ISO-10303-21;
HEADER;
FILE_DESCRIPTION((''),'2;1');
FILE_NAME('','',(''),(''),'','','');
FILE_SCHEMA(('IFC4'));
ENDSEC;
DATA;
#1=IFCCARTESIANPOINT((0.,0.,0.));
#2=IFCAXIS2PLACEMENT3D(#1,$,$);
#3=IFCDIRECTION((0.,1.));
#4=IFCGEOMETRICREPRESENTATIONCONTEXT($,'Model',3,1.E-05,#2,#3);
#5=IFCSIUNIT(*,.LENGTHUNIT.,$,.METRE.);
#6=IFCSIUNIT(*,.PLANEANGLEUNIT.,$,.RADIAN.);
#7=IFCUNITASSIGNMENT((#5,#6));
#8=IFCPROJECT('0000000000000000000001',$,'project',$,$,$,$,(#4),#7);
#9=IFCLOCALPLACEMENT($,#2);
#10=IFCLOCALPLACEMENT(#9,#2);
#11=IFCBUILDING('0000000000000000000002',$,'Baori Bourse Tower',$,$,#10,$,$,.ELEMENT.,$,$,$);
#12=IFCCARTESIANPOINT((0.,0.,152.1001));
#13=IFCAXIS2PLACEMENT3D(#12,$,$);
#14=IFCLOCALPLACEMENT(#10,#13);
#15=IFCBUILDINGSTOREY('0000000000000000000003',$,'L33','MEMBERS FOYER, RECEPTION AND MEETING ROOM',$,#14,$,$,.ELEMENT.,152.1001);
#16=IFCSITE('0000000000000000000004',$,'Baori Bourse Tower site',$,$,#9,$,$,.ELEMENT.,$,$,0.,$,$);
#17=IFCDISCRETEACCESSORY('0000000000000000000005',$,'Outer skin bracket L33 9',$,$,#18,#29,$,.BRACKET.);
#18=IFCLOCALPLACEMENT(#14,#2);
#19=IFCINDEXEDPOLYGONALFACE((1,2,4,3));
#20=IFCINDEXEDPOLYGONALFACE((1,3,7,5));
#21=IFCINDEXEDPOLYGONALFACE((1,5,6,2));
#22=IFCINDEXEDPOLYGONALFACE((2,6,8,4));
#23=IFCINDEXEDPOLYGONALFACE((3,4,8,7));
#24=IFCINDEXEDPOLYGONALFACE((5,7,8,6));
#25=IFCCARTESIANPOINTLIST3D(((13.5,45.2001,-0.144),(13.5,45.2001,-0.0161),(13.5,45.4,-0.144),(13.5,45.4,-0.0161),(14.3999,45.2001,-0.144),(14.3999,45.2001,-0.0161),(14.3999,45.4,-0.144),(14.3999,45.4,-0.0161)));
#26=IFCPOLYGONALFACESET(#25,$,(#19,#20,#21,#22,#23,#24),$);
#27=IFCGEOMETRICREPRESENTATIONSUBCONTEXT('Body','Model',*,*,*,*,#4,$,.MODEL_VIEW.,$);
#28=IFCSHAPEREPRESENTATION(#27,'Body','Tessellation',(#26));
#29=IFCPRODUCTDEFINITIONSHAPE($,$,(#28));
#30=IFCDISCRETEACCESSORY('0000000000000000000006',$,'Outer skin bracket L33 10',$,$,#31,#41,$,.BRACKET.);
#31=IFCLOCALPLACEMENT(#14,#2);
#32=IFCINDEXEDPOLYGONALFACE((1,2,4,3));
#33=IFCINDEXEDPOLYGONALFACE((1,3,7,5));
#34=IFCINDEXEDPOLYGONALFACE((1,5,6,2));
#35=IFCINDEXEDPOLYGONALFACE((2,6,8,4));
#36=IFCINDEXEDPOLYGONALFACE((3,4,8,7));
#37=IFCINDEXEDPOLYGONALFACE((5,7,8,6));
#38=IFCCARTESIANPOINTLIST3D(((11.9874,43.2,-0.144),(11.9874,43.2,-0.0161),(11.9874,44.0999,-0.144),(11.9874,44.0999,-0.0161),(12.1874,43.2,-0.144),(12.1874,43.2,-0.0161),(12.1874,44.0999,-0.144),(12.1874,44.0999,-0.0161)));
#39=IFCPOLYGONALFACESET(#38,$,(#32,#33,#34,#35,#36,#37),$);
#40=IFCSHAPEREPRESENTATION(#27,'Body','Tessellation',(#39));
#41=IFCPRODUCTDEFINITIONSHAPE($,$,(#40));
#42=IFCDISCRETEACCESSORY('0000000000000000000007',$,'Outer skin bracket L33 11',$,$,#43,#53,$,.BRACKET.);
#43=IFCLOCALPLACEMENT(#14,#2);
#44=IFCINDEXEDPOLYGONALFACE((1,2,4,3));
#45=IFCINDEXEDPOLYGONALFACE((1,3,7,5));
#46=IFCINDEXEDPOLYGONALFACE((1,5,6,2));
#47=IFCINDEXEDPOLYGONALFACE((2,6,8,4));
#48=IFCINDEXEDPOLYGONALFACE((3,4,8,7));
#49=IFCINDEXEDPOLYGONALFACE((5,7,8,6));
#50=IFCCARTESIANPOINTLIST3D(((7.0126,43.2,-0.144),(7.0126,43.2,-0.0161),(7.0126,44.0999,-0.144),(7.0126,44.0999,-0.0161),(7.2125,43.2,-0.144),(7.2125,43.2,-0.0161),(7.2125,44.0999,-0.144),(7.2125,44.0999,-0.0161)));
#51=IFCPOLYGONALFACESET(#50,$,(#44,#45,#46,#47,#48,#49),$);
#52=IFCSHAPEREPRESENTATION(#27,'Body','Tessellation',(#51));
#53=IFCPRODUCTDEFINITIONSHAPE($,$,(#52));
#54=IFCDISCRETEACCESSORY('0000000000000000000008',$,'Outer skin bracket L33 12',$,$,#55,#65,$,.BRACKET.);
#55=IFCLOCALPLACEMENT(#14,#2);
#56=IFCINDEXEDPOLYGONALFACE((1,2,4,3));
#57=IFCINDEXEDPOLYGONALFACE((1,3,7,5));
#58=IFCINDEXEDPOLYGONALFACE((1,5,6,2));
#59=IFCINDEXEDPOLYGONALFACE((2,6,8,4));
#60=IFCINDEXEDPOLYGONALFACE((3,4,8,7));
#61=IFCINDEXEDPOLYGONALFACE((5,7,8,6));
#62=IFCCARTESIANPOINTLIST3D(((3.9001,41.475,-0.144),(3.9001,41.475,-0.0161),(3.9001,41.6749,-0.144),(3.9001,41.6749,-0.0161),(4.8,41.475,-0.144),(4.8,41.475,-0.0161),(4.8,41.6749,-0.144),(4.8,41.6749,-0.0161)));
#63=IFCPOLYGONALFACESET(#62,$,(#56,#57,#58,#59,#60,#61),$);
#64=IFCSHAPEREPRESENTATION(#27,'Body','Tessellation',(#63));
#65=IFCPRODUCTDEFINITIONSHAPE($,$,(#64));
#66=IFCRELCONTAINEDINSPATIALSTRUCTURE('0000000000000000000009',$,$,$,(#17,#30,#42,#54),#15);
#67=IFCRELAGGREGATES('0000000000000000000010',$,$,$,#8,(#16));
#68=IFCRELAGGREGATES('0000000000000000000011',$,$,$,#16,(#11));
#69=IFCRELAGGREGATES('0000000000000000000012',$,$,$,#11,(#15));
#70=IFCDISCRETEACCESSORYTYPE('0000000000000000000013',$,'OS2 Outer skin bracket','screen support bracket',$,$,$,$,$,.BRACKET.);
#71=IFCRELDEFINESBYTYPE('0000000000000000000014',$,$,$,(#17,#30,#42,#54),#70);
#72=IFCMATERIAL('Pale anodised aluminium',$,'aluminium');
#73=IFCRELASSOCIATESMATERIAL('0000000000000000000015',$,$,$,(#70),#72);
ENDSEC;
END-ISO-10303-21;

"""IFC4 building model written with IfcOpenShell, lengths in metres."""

from ifc_helpers import new_model, si_unit, direction, frame, origin, origin_2d, place, context, subcontext, project, spatial, rectangle, extrude, material, type_object, element, save


model = new_model("IFC4")

# Units and contexts
model_context = context("Model", 3, precision=1e-05, world=origin(), true_north=direction((0.0, 1.0)))
body_context = subcontext(model_context, "Body", "Model", "MODEL_VIEW")
ifc_project = project(units=[si_unit("LENGTHUNIT", "METRE"), si_unit("PLANEANGLEUNIT", "RADIAN")], contexts=[model_context])

# Site, building, storey
site_placement = place(None, origin())
site = spatial("IfcSite", under=ifc_project, at=site_placement, Name="Baori Bourse Tower site", CompositionType="ELEMENT", RefElevation=0.0)
building_placement = place(site_placement, origin())
building = spatial("IfcBuilding", under=site, at=building_placement, Name="Baori Bourse Tower", CompositionType="ELEMENT")
storey_placement = place(building_placement, frame((0.0, 0.0, 152.1001)))
storey = spatial("IfcBuildingStorey", under=building, at=storey_placement, Name="L33", Description="MEMBERS FOYER, RECEPTION AND MEETING ROOM", CompositionType="ELEMENT", Elevation=152.1001)

# Discrete accessories
ifc_material_1 = material(Name="Pale anodised aluminium", Category="aluminium")
discrete_accessory_type = type_object("IfcDiscreteAccessoryType", Name="OS2 Outer skin bracket", Description="screen support bracket", PredefinedType="BRACKET", material=ifc_material_1)
for number, where, z_axis, x_axis, name in (
    (1, (13.95, 45.3, -0.144), (0.0, 0.0, 1.0), (0.0, -1.0, 0.0), "Outer skin bracket L33 9"),
    (2, (12.0874, 43.6499, -0.144), (0.0, 0.0, 1.0), (-1.0, 0.0, 0.0), "Outer skin bracket L33 10"),
    (3, (7.1125, 43.6499, -0.144), (0.0, 0.0, 1.0), (-1.0, 0.0, 0.0), "Outer skin bracket L33 11"),
    (4, (4.3501, 41.575, -0.144), (0.0, 0.0, 1.0), (0.0, -1.0, 0.0), "Outer skin bracket L33 12"),
):
    element("IfcDiscreteAccessory", number, at=place(storey_placement, frame(where, z_axis=z_axis, x_axis=x_axis)), inside=storey, type_object=discrete_accessory_type, Name=name, PredefinedType="BRACKET", context=body_context, shape_type="SweptSolid", body=[
        extrude(rectangle(XDim=0.2, YDim=0.8999, at=origin_2d()), origin(), (0.0, 0.0, 1.0), 0.1279),
    ])

save(model, "model.ifc")
